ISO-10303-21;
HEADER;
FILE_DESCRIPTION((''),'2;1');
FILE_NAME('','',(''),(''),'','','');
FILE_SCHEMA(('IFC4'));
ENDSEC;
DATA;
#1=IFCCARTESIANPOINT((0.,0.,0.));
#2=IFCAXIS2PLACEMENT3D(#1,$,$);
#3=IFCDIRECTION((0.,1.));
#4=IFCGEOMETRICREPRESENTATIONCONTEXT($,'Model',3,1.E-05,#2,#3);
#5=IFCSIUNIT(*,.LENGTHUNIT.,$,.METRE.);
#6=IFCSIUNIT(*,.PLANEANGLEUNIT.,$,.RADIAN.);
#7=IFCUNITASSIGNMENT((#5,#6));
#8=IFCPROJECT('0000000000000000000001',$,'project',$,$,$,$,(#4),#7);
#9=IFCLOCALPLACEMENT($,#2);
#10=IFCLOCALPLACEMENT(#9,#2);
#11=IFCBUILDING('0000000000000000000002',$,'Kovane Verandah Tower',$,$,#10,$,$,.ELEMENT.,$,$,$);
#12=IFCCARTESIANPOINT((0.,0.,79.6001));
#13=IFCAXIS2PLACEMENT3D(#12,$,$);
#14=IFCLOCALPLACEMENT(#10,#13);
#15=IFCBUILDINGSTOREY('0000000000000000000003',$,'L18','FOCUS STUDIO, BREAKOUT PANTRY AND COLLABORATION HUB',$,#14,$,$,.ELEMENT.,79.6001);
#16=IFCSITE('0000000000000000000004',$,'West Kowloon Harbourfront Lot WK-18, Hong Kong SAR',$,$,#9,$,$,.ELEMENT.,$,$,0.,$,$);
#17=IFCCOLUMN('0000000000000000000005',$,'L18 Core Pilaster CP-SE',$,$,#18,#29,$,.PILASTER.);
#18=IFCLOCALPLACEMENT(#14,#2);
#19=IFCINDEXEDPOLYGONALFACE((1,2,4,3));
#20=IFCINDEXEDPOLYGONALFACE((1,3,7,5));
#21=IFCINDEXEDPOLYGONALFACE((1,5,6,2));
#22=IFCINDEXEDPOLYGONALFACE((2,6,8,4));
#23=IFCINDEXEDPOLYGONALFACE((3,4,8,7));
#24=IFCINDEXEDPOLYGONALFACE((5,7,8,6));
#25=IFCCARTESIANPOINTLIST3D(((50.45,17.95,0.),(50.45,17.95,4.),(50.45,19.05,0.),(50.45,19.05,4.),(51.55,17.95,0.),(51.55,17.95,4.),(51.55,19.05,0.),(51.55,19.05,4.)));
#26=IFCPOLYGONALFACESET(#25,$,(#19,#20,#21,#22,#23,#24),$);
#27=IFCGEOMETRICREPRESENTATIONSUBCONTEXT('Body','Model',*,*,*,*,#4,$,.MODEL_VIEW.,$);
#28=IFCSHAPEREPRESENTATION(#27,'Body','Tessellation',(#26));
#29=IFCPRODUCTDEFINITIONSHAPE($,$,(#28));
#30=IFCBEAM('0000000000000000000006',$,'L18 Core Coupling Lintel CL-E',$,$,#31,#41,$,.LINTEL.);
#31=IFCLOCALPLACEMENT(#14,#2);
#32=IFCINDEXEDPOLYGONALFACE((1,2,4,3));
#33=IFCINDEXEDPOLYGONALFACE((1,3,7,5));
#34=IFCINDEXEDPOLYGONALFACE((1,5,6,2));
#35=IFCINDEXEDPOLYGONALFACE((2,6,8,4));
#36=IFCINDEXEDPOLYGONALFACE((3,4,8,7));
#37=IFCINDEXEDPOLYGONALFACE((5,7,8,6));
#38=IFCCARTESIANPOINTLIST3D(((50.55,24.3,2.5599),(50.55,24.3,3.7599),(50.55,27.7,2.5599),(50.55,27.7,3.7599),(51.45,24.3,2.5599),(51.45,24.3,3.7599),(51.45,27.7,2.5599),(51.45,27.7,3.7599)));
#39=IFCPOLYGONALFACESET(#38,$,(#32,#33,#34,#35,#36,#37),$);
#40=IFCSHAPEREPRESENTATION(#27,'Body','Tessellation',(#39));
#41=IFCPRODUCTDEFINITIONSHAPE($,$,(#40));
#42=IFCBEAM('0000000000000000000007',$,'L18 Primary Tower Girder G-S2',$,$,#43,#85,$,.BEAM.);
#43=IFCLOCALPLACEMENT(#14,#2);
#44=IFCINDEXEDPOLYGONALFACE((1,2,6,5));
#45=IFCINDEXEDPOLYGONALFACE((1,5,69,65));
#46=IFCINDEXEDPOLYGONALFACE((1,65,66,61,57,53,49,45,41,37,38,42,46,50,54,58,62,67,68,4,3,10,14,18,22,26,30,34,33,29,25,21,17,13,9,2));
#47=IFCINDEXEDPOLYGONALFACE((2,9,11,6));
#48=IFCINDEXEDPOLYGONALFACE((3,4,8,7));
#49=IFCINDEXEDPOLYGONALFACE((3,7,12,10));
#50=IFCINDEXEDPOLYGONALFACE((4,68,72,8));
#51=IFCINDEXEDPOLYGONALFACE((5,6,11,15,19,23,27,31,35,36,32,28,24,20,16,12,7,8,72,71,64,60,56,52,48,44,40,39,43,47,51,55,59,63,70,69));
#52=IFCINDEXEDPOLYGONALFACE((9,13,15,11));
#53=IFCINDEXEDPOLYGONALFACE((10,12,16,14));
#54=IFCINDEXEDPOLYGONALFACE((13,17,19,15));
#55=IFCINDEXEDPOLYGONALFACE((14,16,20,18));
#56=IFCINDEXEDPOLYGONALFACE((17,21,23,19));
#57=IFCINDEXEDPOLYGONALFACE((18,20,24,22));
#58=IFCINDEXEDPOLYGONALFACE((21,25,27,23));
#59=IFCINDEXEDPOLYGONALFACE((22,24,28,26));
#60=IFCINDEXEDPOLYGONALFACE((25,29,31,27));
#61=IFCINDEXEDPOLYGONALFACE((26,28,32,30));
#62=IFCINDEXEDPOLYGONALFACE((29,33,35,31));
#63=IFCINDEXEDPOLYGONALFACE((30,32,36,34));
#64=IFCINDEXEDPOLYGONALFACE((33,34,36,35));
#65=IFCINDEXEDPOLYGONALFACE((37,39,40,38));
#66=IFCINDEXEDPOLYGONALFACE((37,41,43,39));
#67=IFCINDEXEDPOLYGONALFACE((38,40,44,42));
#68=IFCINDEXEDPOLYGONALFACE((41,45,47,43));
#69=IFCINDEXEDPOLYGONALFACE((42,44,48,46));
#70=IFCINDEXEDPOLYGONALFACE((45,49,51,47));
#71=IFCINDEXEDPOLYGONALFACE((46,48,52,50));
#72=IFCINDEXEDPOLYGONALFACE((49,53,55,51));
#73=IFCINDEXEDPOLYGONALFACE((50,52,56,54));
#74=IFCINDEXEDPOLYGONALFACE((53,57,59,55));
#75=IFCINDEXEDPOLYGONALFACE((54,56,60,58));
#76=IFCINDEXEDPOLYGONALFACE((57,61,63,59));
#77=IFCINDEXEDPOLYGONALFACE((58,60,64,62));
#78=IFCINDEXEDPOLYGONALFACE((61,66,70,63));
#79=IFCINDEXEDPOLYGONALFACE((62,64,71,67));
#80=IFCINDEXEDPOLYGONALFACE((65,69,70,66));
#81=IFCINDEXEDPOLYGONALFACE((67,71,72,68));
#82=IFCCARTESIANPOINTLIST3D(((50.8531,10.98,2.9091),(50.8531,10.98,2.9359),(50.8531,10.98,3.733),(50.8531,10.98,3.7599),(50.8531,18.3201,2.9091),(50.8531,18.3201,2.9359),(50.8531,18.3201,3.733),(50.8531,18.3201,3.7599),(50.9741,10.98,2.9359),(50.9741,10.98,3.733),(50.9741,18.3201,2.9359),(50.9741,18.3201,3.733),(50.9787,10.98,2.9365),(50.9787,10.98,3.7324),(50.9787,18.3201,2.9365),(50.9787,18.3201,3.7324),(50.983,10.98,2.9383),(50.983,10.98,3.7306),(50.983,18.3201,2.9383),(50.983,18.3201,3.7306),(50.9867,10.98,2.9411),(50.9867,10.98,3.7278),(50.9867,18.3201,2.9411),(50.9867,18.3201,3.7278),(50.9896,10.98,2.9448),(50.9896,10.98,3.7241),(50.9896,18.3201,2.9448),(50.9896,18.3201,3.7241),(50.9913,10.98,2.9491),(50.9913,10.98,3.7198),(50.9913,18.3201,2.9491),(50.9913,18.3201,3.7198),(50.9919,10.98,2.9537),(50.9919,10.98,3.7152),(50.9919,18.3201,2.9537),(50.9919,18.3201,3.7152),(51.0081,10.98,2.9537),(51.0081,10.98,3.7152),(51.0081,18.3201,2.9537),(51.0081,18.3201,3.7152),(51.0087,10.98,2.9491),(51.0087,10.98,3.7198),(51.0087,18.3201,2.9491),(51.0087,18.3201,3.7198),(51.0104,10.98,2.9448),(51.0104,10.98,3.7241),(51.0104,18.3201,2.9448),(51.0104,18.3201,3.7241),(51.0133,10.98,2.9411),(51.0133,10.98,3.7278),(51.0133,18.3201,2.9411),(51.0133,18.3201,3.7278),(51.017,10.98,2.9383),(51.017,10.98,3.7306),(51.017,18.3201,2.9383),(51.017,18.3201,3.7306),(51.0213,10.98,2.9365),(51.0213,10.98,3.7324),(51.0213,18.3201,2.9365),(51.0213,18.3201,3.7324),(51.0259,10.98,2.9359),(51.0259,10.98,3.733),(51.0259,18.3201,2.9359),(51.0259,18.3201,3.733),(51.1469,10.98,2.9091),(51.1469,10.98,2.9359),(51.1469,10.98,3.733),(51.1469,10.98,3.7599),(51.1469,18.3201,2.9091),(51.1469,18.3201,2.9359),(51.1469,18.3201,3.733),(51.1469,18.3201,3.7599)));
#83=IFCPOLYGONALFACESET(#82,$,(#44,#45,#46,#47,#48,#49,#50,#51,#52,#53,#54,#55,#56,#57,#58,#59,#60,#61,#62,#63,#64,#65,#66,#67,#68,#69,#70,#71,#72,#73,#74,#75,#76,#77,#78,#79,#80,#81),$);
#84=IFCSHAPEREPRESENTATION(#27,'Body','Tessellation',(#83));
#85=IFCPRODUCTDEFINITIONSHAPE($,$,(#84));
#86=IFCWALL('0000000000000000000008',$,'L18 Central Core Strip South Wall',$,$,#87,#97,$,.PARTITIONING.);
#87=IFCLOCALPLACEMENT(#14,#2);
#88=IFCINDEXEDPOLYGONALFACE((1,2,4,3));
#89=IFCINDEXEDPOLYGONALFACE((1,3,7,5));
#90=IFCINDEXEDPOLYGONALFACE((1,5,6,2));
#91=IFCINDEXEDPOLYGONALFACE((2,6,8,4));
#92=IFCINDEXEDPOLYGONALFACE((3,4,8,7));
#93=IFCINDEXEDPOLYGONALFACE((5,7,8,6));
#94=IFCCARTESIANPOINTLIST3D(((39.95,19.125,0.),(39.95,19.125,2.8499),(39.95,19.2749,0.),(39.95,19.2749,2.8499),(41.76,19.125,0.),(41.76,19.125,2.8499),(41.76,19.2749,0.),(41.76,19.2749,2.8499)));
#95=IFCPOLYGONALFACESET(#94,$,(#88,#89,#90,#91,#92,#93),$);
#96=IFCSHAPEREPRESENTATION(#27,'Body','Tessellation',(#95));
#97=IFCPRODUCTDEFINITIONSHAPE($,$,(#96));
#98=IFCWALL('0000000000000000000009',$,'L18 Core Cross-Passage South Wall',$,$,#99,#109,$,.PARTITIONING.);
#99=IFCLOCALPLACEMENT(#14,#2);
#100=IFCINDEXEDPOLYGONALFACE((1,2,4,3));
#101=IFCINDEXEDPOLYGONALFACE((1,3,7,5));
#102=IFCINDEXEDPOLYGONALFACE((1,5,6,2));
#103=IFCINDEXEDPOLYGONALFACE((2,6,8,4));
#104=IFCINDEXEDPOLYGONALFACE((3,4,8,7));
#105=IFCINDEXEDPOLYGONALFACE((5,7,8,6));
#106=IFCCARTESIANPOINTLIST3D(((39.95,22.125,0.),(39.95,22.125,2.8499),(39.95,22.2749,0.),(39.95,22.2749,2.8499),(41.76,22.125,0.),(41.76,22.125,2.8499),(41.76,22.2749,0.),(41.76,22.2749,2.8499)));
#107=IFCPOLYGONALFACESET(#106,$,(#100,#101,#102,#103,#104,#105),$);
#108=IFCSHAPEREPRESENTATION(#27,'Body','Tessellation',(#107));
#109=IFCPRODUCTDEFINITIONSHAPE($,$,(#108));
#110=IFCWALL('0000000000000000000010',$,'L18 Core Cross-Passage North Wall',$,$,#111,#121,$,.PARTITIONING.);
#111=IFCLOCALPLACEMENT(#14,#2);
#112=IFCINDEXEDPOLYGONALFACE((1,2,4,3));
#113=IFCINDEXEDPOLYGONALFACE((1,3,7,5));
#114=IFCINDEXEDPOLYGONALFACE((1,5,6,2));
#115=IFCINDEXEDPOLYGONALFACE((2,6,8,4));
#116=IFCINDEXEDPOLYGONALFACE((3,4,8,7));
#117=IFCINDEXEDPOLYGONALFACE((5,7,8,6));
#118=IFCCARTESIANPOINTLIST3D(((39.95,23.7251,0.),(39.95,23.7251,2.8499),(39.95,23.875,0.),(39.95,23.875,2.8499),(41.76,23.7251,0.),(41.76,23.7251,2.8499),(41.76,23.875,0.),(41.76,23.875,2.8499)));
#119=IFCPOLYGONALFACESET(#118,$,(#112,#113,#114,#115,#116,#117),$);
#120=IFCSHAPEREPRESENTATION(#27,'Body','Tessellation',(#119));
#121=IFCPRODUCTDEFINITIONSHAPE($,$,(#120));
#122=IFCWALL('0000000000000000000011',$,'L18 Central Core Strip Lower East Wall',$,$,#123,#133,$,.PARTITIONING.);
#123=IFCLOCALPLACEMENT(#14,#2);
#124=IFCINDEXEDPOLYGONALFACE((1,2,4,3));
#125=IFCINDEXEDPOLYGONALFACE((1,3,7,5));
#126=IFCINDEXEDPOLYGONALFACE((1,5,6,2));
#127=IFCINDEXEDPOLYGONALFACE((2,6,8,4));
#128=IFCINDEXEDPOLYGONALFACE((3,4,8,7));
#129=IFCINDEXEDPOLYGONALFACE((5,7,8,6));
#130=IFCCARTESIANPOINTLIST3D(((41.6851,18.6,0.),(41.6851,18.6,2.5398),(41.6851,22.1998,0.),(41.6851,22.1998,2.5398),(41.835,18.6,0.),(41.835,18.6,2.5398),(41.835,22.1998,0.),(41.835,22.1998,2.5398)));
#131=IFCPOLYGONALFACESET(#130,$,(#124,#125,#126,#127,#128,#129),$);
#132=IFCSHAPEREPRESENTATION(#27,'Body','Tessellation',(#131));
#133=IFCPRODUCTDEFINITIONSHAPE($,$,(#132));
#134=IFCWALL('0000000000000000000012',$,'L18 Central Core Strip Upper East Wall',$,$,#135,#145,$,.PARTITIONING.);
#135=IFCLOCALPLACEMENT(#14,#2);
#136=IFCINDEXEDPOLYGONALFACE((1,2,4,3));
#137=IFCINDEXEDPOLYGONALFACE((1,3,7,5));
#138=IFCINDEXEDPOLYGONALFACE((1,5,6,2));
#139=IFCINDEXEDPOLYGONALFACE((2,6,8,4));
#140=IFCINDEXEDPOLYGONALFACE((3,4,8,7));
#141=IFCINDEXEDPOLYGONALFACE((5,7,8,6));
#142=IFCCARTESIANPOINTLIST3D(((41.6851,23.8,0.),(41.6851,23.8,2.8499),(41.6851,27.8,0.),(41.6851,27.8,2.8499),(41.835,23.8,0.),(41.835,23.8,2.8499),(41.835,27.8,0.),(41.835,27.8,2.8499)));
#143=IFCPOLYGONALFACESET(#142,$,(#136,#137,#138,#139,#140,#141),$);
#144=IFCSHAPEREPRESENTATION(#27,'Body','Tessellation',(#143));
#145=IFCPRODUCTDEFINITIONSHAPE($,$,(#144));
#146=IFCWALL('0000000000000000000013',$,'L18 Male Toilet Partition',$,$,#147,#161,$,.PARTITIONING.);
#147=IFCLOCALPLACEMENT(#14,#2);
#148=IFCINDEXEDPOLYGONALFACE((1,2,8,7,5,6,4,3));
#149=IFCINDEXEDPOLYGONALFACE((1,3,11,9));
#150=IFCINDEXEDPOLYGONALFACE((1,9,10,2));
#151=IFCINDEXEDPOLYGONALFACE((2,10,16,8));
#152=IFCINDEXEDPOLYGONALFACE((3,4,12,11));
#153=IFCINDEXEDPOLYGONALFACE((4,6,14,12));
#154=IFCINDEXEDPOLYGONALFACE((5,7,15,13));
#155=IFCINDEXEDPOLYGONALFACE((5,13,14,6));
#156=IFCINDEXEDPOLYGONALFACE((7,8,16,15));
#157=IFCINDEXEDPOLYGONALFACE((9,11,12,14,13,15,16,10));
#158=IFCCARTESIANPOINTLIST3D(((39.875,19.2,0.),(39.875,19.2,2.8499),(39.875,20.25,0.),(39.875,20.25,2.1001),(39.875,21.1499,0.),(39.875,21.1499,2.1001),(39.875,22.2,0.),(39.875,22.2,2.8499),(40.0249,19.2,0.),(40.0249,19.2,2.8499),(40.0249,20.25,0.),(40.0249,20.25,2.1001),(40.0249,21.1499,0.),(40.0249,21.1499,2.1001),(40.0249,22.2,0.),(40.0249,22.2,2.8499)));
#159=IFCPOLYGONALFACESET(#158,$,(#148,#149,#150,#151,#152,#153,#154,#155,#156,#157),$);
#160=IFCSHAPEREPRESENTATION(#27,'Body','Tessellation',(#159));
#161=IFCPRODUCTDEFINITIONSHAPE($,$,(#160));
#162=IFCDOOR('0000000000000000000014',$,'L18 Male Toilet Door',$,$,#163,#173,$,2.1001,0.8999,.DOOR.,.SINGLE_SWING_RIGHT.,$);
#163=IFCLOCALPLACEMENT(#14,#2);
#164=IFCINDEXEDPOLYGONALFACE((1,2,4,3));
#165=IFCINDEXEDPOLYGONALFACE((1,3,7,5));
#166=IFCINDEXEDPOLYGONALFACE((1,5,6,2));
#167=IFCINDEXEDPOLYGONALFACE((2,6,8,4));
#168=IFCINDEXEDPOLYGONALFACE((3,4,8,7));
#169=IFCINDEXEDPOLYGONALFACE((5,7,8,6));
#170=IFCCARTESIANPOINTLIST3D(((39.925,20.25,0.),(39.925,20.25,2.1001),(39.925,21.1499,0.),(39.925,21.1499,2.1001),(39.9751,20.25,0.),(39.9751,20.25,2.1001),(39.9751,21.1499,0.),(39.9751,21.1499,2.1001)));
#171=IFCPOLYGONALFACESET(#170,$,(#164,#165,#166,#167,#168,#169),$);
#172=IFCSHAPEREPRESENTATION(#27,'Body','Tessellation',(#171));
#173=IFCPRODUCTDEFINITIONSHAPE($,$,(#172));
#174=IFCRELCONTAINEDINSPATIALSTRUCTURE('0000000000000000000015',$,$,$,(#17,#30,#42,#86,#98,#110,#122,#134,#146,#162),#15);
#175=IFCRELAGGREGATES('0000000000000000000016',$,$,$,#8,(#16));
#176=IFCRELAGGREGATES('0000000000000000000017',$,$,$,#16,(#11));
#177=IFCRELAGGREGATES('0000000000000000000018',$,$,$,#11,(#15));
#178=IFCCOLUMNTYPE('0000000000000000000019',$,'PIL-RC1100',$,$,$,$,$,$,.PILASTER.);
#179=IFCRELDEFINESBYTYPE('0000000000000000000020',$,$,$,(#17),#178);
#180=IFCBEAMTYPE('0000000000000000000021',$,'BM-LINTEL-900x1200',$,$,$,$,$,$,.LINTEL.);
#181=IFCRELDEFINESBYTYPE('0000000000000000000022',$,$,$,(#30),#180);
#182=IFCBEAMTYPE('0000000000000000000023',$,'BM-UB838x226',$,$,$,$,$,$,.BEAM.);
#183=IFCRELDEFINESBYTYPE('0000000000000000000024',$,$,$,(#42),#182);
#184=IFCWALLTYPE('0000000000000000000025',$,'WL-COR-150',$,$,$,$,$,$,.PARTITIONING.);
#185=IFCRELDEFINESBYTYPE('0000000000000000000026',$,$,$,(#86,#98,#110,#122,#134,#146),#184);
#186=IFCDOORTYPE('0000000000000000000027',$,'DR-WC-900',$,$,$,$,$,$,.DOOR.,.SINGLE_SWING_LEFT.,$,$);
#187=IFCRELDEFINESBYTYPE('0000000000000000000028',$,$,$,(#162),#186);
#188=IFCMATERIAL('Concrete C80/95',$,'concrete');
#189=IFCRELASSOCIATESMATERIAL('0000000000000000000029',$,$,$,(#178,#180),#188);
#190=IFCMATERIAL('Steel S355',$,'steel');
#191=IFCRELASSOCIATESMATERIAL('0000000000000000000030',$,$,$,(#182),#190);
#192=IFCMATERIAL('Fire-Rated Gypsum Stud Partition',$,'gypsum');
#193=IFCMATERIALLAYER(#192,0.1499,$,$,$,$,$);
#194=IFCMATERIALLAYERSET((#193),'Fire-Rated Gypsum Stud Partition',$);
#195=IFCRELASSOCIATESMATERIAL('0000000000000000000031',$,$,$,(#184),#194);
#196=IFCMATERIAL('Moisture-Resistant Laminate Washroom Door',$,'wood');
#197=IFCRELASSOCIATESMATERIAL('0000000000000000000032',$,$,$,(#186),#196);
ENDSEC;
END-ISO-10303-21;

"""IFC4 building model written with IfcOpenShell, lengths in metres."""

from ifc_helpers import new_model, si_unit, direction, frame, frame_2d, origin, origin_2d, place, context, subcontext, project, spatial, rectangle, i_section, extrude, material, layer, layer_set, material_profile, profile_set, type_object, element, fill, save


model = new_model("IFC4")

# Units and contexts
model_context = context("Model", 3, precision=1e-05, world=origin(), true_north=direction((0.0, 1.0)))
body_context = subcontext(model_context, "Body", "Model", "MODEL_VIEW")
ifc_project = project(units=[si_unit("LENGTHUNIT", "METRE"), si_unit("PLANEANGLEUNIT", "RADIAN")], contexts=[model_context])

# Site, building, storey
site_placement = place(None, origin())
site = spatial("IfcSite", under=ifc_project, at=site_placement, Name="West Kowloon Harbourfront Lot WK-18, Hong Kong SAR", CompositionType="ELEMENT", RefElevation=0.0)
building_placement = place(site_placement, origin())
building = spatial("IfcBuilding", under=site, at=building_placement, Name="Kovane Verandah Tower", CompositionType="ELEMENT")
storey_placement = place(building_placement, frame((0.0, 0.0, 79.6001)))
storey = spatial("IfcBuildingStorey", under=building, at=storey_placement, Name="L18", Description="FOCUS STUDIO, BREAKOUT PANTRY AND COLLABORATION HUB", CompositionType="ELEMENT", Elevation=79.6001)

# Column
ifc_material_1 = material(Name="Concrete C80/95", Category="concrete")
ifc_material_profile_1 = material_profile(ifc_material_1, rectangle(XDim=1.1001, YDim=1.1001, at=origin_2d()), Name="RC1100x1100")
ifc_profile_set_1 = profile_set([ifc_material_profile_1], Name="Concrete C80/95")
column_type = type_object("IfcColumnType", Name="PIL-RC1100", PredefinedType="PILASTER", material=ifc_profile_set_1)
column_placement = place(storey_placement, frame((51.0, 18.5, 0.0), z_axis=(0.0, 0.0, 1.0), x_axis=(1.0, 0.0, 0.0)))
element("IfcColumn", 1, at=column_placement, inside=storey, type_object=column_type, Name="L18 Core Pilaster CP-SE", PredefinedType="PILASTER", context=body_context, shape_type="SweptSolid", body=[
    extrude(rectangle(XDim=1.1001, YDim=1.1001, at=origin_2d()), origin(), (0.0, 0.0, 1.0), 4.0),
])

# Beams
ifc_material_profile_2 = material_profile(ifc_material_1, rectangle(XDim=0.8999, YDim=1.2, at=origin_2d()), Name="RCB900x1200")
ifc_profile_set_2 = profile_set([ifc_material_profile_2], Name="Concrete C80/95")
beam_type_1 = type_object("IfcBeamType", Name="BM-LINTEL-900x1200", PredefinedType="LINTEL", material=ifc_profile_set_2)
beam_1_placement = place(storey_placement, frame((51.0, 24.3, 3.1599), z_axis=(0.0, 1.0, 0.0), x_axis=(-1.0, 0.0, 0.0)))
element("IfcBeam", 2, at=beam_1_placement, inside=storey, type_object=beam_type_1, Name="L18 Core Coupling Lintel CL-E", PredefinedType="LINTEL", context=body_context, shape_type="SweptSolid", body=[
    extrude(rectangle(XDim=0.8999, YDim=1.2, at=origin_2d()), origin(), (0.0, 0.0, 1.0), 3.3999),
])
ifc_material_2 = material(Name="Steel S355", Category="steel")
ifc_material_profile_3 = material_profile(ifc_material_2, i_section(OverallWidth=0.2937, OverallDepth=0.8508, WebThickness=0.0161, FlangeThickness=0.0269, FilletRadius=0.0178, at=origin_2d()), Name="UB838x292x226")
ifc_profile_set_3 = profile_set([ifc_material_profile_3], Name="Steel S355")
beam_type_2 = type_object("IfcBeamType", Name="BM-UB838x226", PredefinedType="BEAM", material=ifc_profile_set_3)
beam_2_placement = place(storey_placement, frame((51.0, 18.3201, 3.3345), z_axis=(0.0, -1.0, 0.0), x_axis=(1.0, 0.0, 0.0)))
element("IfcBeam", 3, at=beam_2_placement, inside=storey, type_object=beam_type_2, Name="L18 Primary Tower Girder G-S2", PredefinedType="BEAM", context=body_context, shape_type="SweptSolid", body=[
    extrude(i_section(OverallWidth=0.2937, OverallDepth=0.8508, WebThickness=0.0161, FlangeThickness=0.0269, FilletRadius=0.0178, at=origin_2d()), origin(), (0.0, 0.0, 1.0), 7.3401),
])

# Walls
ifc_material_3 = material(Name="Fire-Rated Gypsum Stud Partition", Category="gypsum")
ifc_layer_1 = layer(ifc_material_3, 0.1499)
ifc_layer_set_1 = layer_set([ifc_layer_1], Name="Fire-Rated Gypsum Stud Partition")
wall_type_1 = type_object("IfcWallType", Name="WL-COR-150", PredefinedType="PARTITIONING", material=ifc_layer_set_1)
for number, where, z_axis, x_axis, name in (
    (4, (39.95, 19.2, 0.0), (0.0, 0.0, 1.0), (1.0, 0.0, 0.0), "L18 Central Core Strip South Wall"),
    (5, (39.95, 22.2, 0.0), (0.0, 0.0, 1.0), (1.0, 0.0, 0.0), "L18 Core Cross-Passage South Wall"),
    (6, (39.95, 23.8, 0.0), (0.0, 0.0, 1.0), (1.0, 0.0, 0.0), "L18 Core Cross-Passage North Wall"),
):
    element("IfcWall", number, at=place(storey_placement, frame(where, z_axis=z_axis, x_axis=x_axis)), inside=storey, type_object=wall_type_1, Name=name, PredefinedType="PARTITIONING", context=body_context, shape_type="SweptSolid", body=[
        extrude(rectangle(XDim=1.8101, YDim=0.1499, at=frame_2d((0.905, 0.0))), origin(), (0.0, 0.0, 1.0), 2.8499),
    ])
wall_1_placement = place(storey_placement, frame((41.76, 18.6001, 0.0), z_axis=(0.0, 0.0, 1.0), x_axis=(0.0, 1.0, 0.0)))
element("IfcWall", 7, at=wall_1_placement, inside=storey, type_object=wall_type_1, Name="L18 Central Core Strip Lower East Wall", PredefinedType="PARTITIONING", context=body_context, shape_type="SweptSolid", body=[
    extrude(rectangle(XDim=3.5999, YDim=0.1499, at=frame_2d((1.7998, 0.0))), origin(), (0.0, 0.0, 1.0), 2.5398),
])
wall_2_placement = place(storey_placement, frame((41.76, 23.8, 0.0), z_axis=(0.0, 0.0, 1.0), x_axis=(0.0, 1.0, 0.0)))
element("IfcWall", 8, at=wall_2_placement, inside=storey, type_object=wall_type_1, Name="L18 Central Core Strip Upper East Wall", PredefinedType="PARTITIONING", context=body_context, shape_type="SweptSolid", body=[
    extrude(rectangle(XDim=4.0, YDim=0.1499, at=frame_2d((2.0, 0.0))), origin(), (0.0, 0.0, 1.0), 2.8499),
])

# Wall, opening, door
wall_3_placement = place(storey_placement, frame((39.95, 19.2, 0.0), z_axis=(0.0, 0.0, 1.0), x_axis=(0.0, 1.0, 0.0)))
wall_3 = element("IfcWall", 9, at=wall_3_placement, inside=storey, type_object=wall_type_1, Name="L18 Male Toilet Partition", PredefinedType="PARTITIONING", context=body_context, shape_type="SweptSolid", body=[
    extrude(rectangle(XDim=3.0, YDim=0.1499, at=frame_2d((1.5, 0.0))), origin(), (0.0, 0.0, 1.0), 2.8499),
])
opening_1_placement = place(wall_3_placement, frame((1.05, 0.0, 0.0)))
opening_1 = element("IfcOpeningElement", 10, at=opening_1_placement, cuts=wall_3, PredefinedType="OPENING", context=body_context, shape_type="SweptSolid", body=[
    extrude(rectangle(XDim=0.8999, YDim=2.1001, at=frame_2d((0.45, 1.05))), frame((0.0, 0.075, 0.0), z_axis=(0.0, -1.0, 0.0), x_axis=(1.0, 0.0, 0.0)), (0.0, 0.0, 1.0), 0.1499),
])
ifc_material_4 = material(Name="Moisture-Resistant Laminate Washroom Door", Category="wood")
door_type_1 = type_object("IfcDoorType", Name="DR-WC-900", OperationType="SINGLE_SWING_LEFT", PredefinedType="DOOR", material=ifc_material_4)
door_1_placement = place(opening_1_placement, origin())
door_1 = element("IfcDoor", 11, at=door_1_placement, inside=storey, type_object=door_type_1, Name="L18 Male Toilet Door", OperationType="SINGLE_SWING_RIGHT", OverallHeight=2.1001, OverallWidth=0.8999, PredefinedType="DOOR", context=body_context, shape_type="SweptSolid", body=[
    extrude(rectangle(XDim=0.8999, YDim=2.1001, at=frame_2d((0.45, 1.05))), frame((0.0, 0.0249, 0.0), z_axis=(0.0, -1.0, 0.0), x_axis=(1.0, 0.0, 0.0)), (0.0, 0.0, 1.0), 0.05),
])
fill(opening_1, door_1)

save(model, "model.ifc")
